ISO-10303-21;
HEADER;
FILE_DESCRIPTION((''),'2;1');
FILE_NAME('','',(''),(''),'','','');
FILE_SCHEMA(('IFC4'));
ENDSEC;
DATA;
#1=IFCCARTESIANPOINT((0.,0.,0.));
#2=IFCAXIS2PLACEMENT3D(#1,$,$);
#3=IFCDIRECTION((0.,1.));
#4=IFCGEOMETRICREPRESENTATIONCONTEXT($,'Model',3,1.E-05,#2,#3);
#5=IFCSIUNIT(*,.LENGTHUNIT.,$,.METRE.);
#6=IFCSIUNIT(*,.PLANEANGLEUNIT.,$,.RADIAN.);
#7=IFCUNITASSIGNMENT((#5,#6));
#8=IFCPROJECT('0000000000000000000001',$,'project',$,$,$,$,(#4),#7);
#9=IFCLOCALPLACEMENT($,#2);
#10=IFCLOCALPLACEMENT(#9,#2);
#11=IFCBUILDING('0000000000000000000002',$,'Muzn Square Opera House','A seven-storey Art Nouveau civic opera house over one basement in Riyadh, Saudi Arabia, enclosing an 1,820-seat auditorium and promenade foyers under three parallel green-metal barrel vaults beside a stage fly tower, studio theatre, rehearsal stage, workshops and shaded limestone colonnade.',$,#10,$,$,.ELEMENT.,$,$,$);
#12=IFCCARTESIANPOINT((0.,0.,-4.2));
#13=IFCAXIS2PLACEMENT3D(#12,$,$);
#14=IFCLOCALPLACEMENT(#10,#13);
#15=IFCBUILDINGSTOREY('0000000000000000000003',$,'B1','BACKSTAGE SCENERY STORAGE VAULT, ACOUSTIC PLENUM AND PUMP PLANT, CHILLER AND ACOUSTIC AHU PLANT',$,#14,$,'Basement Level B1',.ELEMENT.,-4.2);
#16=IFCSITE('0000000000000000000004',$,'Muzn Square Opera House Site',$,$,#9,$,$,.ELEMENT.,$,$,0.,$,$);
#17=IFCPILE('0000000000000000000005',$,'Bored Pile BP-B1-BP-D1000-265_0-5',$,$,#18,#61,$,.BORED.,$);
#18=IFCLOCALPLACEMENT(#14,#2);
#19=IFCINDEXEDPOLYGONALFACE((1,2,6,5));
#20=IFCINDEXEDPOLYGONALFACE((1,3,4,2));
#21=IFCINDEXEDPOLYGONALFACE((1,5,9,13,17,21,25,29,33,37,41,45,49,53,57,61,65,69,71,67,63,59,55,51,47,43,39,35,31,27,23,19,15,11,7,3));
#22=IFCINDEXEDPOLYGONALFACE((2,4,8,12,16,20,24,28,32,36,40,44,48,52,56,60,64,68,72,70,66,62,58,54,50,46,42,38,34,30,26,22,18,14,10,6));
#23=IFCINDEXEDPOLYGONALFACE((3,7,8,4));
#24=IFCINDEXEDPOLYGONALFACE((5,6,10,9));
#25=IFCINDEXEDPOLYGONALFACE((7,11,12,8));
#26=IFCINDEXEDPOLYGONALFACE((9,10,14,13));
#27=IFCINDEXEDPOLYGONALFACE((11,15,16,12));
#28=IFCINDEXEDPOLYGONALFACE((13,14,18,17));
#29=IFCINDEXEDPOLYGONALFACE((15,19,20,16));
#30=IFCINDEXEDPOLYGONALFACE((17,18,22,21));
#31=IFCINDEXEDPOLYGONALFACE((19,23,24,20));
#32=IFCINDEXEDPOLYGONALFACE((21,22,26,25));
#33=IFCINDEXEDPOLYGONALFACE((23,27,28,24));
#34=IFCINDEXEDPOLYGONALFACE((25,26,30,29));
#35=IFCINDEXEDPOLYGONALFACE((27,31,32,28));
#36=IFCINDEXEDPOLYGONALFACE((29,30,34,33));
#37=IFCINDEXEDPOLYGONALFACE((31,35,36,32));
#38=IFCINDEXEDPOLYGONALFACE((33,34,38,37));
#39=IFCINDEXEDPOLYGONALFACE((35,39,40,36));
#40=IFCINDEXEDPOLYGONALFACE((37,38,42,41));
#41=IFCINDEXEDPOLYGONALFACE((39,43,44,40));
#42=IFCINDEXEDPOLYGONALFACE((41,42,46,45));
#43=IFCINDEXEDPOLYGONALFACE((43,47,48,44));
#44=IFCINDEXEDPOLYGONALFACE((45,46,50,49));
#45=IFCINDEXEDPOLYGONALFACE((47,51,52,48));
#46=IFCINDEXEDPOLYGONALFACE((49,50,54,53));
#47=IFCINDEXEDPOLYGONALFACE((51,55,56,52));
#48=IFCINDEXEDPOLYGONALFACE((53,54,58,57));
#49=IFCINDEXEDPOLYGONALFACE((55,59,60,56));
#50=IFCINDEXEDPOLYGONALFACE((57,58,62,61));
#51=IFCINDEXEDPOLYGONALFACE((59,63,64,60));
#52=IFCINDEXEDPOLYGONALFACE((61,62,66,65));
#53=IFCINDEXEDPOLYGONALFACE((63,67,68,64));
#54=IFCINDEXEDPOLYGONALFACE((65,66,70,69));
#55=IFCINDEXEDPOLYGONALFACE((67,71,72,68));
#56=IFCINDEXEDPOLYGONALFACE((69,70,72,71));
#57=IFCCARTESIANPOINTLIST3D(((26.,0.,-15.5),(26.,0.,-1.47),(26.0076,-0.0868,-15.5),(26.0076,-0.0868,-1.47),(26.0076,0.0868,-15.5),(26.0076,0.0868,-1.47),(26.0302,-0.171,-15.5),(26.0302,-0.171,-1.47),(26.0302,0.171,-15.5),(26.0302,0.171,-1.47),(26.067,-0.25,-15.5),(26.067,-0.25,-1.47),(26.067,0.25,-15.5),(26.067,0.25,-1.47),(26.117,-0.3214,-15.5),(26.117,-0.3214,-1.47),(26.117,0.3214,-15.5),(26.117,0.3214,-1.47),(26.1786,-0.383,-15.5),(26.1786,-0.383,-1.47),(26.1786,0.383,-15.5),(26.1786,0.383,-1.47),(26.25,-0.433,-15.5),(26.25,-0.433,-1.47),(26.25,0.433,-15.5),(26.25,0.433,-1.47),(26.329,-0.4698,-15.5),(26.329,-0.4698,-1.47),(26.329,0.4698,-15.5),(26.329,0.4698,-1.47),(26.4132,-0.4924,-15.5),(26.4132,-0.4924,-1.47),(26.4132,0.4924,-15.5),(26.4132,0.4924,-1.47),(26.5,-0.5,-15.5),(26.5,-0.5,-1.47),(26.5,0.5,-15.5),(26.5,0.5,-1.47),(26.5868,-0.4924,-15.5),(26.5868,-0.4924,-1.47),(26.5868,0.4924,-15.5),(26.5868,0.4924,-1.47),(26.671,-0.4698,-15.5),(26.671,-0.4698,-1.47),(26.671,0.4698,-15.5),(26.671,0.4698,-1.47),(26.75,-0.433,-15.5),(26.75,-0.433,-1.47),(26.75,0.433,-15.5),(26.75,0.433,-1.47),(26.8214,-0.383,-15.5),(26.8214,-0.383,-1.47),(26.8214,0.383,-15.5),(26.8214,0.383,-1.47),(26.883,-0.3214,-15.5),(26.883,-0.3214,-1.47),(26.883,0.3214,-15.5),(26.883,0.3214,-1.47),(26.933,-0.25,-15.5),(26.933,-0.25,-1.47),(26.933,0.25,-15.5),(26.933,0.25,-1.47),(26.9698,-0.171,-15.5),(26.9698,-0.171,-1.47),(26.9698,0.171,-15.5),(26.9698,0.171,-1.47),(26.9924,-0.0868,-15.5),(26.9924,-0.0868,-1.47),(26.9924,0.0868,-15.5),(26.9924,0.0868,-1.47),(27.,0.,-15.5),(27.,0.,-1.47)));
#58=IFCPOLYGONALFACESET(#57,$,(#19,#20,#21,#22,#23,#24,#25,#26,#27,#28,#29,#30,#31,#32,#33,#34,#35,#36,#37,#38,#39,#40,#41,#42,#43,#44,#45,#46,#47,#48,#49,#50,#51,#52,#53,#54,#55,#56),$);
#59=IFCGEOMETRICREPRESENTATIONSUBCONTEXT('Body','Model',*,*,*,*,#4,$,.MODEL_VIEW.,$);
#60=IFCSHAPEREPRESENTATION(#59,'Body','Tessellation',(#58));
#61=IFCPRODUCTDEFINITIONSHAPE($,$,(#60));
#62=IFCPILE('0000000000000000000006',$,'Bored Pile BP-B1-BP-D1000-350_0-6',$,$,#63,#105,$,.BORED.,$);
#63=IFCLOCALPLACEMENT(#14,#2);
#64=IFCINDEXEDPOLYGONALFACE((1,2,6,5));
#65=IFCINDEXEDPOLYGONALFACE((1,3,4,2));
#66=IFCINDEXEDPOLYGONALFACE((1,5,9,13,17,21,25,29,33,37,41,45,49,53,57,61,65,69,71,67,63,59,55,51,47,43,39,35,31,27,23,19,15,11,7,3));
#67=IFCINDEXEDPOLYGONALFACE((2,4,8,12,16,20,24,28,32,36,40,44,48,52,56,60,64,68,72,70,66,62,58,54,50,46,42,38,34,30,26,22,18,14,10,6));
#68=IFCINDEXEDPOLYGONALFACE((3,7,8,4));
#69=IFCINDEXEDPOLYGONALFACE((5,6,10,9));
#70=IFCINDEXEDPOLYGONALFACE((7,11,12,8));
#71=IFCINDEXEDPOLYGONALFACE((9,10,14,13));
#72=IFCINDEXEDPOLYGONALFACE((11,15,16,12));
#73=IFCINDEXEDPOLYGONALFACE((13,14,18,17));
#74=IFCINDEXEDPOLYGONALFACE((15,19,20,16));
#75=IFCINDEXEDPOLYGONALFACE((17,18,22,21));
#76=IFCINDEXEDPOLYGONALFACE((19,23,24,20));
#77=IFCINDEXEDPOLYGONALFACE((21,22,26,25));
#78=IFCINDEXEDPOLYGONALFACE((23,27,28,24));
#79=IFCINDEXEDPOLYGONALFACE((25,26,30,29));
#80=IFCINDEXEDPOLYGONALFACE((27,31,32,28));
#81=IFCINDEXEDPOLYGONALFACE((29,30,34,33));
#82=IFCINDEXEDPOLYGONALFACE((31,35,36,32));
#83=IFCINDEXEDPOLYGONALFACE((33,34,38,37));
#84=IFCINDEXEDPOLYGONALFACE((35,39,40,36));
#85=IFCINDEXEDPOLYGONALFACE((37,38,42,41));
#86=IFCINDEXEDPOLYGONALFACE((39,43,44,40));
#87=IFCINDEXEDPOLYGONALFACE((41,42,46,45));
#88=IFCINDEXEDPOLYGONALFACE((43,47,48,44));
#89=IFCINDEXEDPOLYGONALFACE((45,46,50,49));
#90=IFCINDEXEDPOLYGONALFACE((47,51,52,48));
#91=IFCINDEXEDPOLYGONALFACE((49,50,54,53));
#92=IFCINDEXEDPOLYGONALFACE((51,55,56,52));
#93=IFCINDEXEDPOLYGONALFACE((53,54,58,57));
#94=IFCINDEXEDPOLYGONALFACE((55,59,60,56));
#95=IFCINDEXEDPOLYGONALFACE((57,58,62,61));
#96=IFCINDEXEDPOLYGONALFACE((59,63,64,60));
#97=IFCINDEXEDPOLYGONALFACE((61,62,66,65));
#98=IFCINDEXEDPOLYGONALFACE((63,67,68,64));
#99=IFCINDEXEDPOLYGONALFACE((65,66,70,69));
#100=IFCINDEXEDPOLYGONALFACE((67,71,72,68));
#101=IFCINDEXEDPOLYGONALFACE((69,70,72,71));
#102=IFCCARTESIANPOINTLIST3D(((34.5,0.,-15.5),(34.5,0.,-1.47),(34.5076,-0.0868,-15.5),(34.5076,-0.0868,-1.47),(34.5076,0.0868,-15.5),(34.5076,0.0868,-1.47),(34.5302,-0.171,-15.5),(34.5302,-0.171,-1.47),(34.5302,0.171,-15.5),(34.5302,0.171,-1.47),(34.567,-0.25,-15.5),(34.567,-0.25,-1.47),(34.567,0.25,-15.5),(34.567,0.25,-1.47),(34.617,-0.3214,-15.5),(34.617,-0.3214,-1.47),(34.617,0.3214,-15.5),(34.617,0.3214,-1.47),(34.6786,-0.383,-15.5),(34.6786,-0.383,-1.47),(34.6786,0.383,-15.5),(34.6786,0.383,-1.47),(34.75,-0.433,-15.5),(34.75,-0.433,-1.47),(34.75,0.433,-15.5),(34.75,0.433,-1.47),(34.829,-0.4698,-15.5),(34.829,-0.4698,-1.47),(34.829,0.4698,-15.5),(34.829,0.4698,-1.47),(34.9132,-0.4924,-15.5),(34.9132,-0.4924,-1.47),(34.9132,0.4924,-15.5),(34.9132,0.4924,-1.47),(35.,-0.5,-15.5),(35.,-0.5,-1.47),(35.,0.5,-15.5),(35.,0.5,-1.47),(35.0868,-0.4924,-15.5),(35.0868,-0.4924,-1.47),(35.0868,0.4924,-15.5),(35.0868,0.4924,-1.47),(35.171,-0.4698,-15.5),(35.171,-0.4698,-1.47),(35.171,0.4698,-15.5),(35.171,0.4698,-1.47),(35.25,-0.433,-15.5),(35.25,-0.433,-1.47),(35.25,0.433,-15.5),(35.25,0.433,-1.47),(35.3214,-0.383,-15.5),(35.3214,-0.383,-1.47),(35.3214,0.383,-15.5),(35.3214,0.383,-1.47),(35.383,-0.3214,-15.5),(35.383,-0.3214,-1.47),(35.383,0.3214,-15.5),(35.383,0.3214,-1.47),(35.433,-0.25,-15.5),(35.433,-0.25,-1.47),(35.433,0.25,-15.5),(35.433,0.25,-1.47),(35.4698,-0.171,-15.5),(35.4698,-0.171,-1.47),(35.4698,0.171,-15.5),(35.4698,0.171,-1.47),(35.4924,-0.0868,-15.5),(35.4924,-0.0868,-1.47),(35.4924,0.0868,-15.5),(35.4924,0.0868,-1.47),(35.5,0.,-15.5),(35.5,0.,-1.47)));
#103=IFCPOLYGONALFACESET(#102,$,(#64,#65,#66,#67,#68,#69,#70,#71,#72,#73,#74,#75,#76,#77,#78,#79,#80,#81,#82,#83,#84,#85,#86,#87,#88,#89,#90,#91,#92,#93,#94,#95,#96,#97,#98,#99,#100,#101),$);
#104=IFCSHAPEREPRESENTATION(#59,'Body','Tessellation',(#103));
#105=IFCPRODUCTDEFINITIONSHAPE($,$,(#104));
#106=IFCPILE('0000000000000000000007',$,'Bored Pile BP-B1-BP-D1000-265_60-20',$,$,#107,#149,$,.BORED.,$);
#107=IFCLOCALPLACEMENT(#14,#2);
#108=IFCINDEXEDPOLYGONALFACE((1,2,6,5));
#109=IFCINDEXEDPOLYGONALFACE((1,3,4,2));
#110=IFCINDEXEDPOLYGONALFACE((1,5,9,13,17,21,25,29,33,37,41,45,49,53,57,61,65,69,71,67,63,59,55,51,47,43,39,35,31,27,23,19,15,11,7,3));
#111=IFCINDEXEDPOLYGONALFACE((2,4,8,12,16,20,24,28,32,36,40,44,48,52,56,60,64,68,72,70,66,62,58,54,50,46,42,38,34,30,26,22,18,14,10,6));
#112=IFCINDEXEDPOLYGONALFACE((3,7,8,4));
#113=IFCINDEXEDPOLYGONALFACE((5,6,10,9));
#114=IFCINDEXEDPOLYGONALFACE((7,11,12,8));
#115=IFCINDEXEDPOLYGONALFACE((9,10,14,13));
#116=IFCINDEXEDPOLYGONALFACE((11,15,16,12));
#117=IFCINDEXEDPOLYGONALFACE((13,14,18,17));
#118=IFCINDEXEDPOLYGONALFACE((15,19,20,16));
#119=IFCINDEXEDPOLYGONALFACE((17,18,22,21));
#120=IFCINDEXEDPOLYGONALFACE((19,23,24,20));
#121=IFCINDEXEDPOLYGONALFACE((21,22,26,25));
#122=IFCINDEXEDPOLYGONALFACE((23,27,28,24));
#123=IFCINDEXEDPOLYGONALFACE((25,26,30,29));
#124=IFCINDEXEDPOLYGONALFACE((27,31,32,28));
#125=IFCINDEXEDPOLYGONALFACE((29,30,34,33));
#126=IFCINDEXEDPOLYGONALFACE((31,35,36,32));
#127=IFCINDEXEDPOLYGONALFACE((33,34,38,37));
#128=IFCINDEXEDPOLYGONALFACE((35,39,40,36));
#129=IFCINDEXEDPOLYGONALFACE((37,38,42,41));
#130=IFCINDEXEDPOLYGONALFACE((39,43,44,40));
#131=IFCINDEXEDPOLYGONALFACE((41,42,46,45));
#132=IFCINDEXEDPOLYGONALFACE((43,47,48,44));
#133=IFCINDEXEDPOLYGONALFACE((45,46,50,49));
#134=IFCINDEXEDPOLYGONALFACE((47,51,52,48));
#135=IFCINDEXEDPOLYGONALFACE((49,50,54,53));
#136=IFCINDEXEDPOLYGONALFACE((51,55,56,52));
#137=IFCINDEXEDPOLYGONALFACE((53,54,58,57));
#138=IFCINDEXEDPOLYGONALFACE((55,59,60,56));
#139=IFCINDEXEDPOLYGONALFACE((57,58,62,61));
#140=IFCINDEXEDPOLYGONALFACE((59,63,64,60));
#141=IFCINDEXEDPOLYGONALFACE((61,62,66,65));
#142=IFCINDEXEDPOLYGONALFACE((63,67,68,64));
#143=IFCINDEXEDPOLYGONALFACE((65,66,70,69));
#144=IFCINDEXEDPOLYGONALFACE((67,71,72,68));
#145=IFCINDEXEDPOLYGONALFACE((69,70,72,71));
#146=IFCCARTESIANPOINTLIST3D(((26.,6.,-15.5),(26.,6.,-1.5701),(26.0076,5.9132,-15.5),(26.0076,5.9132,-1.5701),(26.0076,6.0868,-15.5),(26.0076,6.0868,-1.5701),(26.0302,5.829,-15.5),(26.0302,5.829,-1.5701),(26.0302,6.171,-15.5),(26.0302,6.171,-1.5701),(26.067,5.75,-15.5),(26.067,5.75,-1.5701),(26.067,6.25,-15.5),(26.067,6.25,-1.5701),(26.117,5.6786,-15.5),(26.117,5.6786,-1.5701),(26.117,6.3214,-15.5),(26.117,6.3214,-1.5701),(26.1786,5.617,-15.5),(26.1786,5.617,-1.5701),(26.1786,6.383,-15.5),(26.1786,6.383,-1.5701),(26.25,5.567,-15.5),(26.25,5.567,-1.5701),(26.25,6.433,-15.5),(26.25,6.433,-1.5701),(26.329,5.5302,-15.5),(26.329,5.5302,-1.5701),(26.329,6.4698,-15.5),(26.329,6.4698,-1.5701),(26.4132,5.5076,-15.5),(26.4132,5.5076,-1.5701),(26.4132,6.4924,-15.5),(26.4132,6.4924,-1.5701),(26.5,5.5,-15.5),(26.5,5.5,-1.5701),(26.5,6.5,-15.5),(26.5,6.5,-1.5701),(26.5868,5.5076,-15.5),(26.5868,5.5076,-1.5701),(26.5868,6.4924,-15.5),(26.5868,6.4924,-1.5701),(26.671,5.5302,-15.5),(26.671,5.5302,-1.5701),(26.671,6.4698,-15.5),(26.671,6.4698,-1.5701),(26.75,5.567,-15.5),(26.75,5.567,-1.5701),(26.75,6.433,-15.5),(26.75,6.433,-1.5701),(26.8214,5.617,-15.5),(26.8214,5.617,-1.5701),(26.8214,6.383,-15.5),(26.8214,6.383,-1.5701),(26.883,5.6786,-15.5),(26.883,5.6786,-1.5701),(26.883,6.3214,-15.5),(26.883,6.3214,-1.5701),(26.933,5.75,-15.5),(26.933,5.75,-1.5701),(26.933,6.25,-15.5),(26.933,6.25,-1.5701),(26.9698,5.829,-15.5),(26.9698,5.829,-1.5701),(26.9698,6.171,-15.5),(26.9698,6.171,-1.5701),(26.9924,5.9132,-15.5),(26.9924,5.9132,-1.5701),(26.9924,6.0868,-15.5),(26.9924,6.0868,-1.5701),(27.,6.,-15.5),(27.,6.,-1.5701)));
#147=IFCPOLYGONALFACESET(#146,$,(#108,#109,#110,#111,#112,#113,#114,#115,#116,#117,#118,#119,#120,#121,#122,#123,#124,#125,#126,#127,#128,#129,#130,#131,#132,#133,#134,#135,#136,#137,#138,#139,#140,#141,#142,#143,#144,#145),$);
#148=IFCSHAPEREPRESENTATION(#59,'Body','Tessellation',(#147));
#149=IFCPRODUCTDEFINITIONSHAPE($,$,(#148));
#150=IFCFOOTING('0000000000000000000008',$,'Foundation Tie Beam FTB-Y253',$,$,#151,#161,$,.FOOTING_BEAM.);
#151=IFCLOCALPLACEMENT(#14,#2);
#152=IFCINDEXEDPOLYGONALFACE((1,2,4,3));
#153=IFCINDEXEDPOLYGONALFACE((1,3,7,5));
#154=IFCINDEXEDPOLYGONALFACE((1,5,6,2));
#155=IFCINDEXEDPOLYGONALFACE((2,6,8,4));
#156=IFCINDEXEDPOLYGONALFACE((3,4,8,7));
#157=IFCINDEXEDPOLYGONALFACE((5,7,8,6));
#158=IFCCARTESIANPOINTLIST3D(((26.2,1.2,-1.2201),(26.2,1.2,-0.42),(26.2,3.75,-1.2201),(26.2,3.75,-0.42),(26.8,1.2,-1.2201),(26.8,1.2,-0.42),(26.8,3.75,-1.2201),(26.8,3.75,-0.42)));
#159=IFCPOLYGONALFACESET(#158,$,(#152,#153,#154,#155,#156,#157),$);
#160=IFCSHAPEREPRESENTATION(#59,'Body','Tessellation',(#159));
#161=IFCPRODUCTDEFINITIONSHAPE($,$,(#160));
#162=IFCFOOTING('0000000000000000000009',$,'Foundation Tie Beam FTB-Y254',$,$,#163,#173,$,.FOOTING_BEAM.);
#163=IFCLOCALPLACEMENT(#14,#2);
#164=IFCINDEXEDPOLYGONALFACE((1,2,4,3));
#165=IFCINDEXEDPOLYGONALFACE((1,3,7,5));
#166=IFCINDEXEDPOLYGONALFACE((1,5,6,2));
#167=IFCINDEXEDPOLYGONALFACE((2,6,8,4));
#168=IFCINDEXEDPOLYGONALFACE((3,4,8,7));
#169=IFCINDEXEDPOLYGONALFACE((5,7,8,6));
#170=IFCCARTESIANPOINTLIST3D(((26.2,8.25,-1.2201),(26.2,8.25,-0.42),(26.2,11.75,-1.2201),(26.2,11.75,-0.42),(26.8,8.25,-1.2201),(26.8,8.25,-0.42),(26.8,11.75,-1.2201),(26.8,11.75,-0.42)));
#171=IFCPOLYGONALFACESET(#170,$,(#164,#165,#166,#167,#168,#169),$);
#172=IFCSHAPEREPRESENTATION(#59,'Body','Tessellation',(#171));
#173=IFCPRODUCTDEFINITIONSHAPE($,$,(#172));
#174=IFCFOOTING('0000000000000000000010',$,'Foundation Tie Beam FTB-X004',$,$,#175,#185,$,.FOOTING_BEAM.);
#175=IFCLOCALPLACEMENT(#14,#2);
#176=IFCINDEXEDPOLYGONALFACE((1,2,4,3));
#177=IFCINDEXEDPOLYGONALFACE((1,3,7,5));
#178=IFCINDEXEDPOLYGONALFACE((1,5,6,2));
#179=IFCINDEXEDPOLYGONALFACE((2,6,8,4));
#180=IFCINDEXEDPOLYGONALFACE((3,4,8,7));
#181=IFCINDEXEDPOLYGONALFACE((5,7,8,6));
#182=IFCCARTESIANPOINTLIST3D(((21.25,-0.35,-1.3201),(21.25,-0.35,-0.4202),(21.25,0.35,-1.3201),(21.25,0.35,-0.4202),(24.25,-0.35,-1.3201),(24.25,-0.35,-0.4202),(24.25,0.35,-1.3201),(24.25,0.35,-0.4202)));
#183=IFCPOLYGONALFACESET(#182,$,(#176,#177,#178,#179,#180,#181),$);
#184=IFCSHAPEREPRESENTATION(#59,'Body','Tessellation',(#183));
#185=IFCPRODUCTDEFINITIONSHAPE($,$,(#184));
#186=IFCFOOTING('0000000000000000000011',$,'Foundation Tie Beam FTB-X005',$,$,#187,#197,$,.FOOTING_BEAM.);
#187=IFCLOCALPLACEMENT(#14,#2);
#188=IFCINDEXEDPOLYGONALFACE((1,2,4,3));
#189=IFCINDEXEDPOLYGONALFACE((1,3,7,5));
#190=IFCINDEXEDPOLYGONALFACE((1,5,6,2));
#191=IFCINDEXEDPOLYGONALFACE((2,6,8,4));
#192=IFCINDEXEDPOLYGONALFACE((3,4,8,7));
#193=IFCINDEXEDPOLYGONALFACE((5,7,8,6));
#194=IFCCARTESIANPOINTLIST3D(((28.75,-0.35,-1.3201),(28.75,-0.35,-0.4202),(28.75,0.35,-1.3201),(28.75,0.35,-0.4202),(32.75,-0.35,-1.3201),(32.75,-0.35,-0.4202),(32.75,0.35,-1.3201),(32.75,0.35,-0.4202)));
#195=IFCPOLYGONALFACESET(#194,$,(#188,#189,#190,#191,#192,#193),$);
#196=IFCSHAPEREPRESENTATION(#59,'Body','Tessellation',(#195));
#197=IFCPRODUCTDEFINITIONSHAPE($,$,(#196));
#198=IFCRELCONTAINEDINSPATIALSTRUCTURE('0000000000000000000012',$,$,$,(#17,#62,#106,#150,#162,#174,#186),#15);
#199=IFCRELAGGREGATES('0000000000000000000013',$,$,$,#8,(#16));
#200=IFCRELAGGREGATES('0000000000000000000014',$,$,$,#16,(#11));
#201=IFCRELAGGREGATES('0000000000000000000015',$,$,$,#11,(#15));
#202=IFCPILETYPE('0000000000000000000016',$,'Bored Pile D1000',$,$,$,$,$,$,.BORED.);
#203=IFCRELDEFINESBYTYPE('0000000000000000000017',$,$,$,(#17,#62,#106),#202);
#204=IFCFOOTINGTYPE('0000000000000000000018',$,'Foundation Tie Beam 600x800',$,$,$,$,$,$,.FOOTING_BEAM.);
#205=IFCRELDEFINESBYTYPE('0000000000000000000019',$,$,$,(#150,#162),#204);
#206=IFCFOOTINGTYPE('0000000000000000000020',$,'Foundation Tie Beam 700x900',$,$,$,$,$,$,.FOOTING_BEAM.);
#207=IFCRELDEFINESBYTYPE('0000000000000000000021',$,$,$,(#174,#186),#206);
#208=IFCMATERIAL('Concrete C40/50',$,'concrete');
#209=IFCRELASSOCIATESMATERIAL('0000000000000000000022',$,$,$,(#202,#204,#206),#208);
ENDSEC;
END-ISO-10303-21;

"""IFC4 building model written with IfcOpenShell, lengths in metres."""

from ifc_helpers import new_model, si_unit, direction, frame, origin, origin_2d, place, context, subcontext, project, spatial, rectangle, circle, extrude, material, material_profile, profile_set, type_object, element, save


model = new_model("IFC4")

# Units and contexts
model_context = context("Model", 3, precision=1e-05, world=origin(), true_north=direction((0.0, 1.0)))
body_context = subcontext(model_context, "Body", "Model", "MODEL_VIEW")
ifc_project = project(units=[si_unit("LENGTHUNIT", "METRE"), si_unit("PLANEANGLEUNIT", "RADIAN")], contexts=[model_context])

# Site, building, storey
site_placement = place(None, origin())
site = spatial("IfcSite", under=ifc_project, at=site_placement, Name="Muzn Square Opera House Site", CompositionType="ELEMENT", RefElevation=0.0)
building_placement = place(site_placement, origin())
building = spatial("IfcBuilding", under=site, at=building_placement, Name="Muzn Square Opera House", Description="A seven-storey Art Nouveau civic opera house over one basement in Riyadh, Saudi Arabia, enclosing an 1,820-seat auditorium and promenade foyers under three parallel green-metal barrel vaults beside a stage fly tower, studio theatre, rehearsal stage, workshops and shaded limestone colonnade.", CompositionType="ELEMENT")
storey_placement = place(building_placement, frame((0.0, 0.0, -4.2)))
storey = spatial("IfcBuildingStorey", under=building, at=storey_placement, Name="B1", Description="BACKSTAGE SCENERY STORAGE VAULT, ACOUSTIC PLENUM AND PUMP PLANT, CHILLER AND ACOUSTIC AHU PLANT", LongName="Basement Level B1", CompositionType="ELEMENT", Elevation=-4.2)

# Piles
ifc_material_1 = material(Name="Concrete C40/50", Category="concrete")
ifc_material_profile_1 = material_profile(ifc_material_1, circle(Radius=0.5, at=origin_2d()), Name="BORED PILE D1000", Category="concrete")
ifc_profile_set_1 = profile_set([ifc_material_profile_1], Name="Concrete C40/50")
pile_type = type_object("IfcPileType", Name="Bored Pile D1000", PredefinedType="BORED", material=ifc_profile_set_1)
for number, where, z_axis, x_axis, name in (
    (1, (26.5, 0.0, -1.47), (0.0, 0.0, -1.0), (1.0, 0.0, 0.0), "Bored Pile BP-B1-BP-D1000-265_0-5"),
    (2, (35.0, 0.0, -1.47), (0.0, 0.0, -1.0), (1.0, 0.0, 0.0), "Bored Pile BP-B1-BP-D1000-350_0-6"),
):
    element("IfcPile", number, at=place(storey_placement, frame(where, z_axis=z_axis, x_axis=x_axis)), inside=storey, type_object=pile_type, Name=name, PredefinedType="BORED", context=body_context, shape_type="SweptSolid", body=[
        extrude(circle(Radius=0.5, at=origin_2d()), origin(), (0.0, 0.0, 1.0), 14.03),
    ])
pile_placement = place(storey_placement, frame((26.5, 6.0, -1.5701), z_axis=(0.0, 0.0, -1.0), x_axis=(1.0, 0.0, 0.0)))
element("IfcPile", 3, at=pile_placement, inside=storey, type_object=pile_type, Name="Bored Pile BP-B1-BP-D1000-265_60-20", PredefinedType="BORED", context=body_context, shape_type="SweptSolid", body=[
    extrude(circle(Radius=0.5, at=origin_2d()), origin(), (0.0, 0.0, 1.0), 13.9299),
])

# Footings
ifc_material_profile_2 = material_profile(ifc_material_1, rectangle(XDim=0.6001, YDim=0.8, at=origin_2d()), Name="RCTB 600x800", Category="concrete")
ifc_profile_set_2 = profile_set([ifc_material_profile_2], Name="Concrete C40/50")
footing_type_1 = type_object("IfcFootingType", Name="Foundation Tie Beam 600x800", PredefinedType="FOOTING_BEAM", material=ifc_profile_set_2)
footing_1_placement = place(storey_placement, frame((26.5, 1.2, -0.8201), z_axis=(0.0, 1.0, 0.0), x_axis=(-1.0, 0.0, 0.0)))
element("IfcFooting", 4, at=footing_1_placement, inside=storey, type_object=footing_type_1, Name="Foundation Tie Beam FTB-Y253", PredefinedType="FOOTING_BEAM", context=body_context, shape_type="SweptSolid", body=[
    extrude(rectangle(XDim=0.6001, YDim=0.8, at=origin_2d()), origin(), (0.0, 0.0, 1.0), 2.55),
])
footing_2_placement = place(storey_placement, frame((26.5, 8.25, -0.8201), z_axis=(0.0, 1.0, 0.0), x_axis=(-1.0, 0.0, 0.0)))
element("IfcFooting", 5, at=footing_2_placement, inside=storey, type_object=footing_type_1, Name="Foundation Tie Beam FTB-Y254", PredefinedType="FOOTING_BEAM", context=body_context, shape_type="SweptSolid", body=[
    extrude(rectangle(XDim=0.6001, YDim=0.8, at=origin_2d()), origin(), (0.0, 0.0, 1.0), 3.5),
])
ifc_material_profile_3 = material_profile(ifc_material_1, rectangle(XDim=0.7, YDim=0.8999, at=origin_2d()), Name="RCTB 700x900", Category="concrete")
ifc_profile_set_3 = profile_set([ifc_material_profile_3], Name="Concrete C40/50")
footing_type_2 = type_object("IfcFootingType", Name="Foundation Tie Beam 700x900", PredefinedType="FOOTING_BEAM", material=ifc_profile_set_3)
footing_3_placement = place(storey_placement, frame((21.25, 0.0, -0.8701), z_axis=(1.0, 0.0, 0.0), x_axis=(0.0, 1.0, 0.0)))
element("IfcFooting", 6, at=footing_3_placement, inside=storey, type_object=footing_type_2, Name="Foundation Tie Beam FTB-X004", PredefinedType="FOOTING_BEAM", context=body_context, shape_type="SweptSolid", body=[
    extrude(rectangle(XDim=0.7, YDim=0.8999, at=origin_2d()), origin(), (0.0, 0.0, 1.0), 3.0),
])
footing_4_placement = place(storey_placement, frame((28.75, 0.0, -0.8701), z_axis=(1.0, 0.0, 0.0), x_axis=(0.0, 1.0, 0.0)))
element("IfcFooting", 7, at=footing_4_placement, inside=storey, type_object=footing_type_2, Name="Foundation Tie Beam FTB-X005", PredefinedType="FOOTING_BEAM", context=body_context, shape_type="SweptSolid", body=[
    extrude(rectangle(XDim=0.7, YDim=0.8999, at=origin_2d()), origin(), (0.0, 0.0, 1.0), 4.0),
])

save(model, "model.ifc")
